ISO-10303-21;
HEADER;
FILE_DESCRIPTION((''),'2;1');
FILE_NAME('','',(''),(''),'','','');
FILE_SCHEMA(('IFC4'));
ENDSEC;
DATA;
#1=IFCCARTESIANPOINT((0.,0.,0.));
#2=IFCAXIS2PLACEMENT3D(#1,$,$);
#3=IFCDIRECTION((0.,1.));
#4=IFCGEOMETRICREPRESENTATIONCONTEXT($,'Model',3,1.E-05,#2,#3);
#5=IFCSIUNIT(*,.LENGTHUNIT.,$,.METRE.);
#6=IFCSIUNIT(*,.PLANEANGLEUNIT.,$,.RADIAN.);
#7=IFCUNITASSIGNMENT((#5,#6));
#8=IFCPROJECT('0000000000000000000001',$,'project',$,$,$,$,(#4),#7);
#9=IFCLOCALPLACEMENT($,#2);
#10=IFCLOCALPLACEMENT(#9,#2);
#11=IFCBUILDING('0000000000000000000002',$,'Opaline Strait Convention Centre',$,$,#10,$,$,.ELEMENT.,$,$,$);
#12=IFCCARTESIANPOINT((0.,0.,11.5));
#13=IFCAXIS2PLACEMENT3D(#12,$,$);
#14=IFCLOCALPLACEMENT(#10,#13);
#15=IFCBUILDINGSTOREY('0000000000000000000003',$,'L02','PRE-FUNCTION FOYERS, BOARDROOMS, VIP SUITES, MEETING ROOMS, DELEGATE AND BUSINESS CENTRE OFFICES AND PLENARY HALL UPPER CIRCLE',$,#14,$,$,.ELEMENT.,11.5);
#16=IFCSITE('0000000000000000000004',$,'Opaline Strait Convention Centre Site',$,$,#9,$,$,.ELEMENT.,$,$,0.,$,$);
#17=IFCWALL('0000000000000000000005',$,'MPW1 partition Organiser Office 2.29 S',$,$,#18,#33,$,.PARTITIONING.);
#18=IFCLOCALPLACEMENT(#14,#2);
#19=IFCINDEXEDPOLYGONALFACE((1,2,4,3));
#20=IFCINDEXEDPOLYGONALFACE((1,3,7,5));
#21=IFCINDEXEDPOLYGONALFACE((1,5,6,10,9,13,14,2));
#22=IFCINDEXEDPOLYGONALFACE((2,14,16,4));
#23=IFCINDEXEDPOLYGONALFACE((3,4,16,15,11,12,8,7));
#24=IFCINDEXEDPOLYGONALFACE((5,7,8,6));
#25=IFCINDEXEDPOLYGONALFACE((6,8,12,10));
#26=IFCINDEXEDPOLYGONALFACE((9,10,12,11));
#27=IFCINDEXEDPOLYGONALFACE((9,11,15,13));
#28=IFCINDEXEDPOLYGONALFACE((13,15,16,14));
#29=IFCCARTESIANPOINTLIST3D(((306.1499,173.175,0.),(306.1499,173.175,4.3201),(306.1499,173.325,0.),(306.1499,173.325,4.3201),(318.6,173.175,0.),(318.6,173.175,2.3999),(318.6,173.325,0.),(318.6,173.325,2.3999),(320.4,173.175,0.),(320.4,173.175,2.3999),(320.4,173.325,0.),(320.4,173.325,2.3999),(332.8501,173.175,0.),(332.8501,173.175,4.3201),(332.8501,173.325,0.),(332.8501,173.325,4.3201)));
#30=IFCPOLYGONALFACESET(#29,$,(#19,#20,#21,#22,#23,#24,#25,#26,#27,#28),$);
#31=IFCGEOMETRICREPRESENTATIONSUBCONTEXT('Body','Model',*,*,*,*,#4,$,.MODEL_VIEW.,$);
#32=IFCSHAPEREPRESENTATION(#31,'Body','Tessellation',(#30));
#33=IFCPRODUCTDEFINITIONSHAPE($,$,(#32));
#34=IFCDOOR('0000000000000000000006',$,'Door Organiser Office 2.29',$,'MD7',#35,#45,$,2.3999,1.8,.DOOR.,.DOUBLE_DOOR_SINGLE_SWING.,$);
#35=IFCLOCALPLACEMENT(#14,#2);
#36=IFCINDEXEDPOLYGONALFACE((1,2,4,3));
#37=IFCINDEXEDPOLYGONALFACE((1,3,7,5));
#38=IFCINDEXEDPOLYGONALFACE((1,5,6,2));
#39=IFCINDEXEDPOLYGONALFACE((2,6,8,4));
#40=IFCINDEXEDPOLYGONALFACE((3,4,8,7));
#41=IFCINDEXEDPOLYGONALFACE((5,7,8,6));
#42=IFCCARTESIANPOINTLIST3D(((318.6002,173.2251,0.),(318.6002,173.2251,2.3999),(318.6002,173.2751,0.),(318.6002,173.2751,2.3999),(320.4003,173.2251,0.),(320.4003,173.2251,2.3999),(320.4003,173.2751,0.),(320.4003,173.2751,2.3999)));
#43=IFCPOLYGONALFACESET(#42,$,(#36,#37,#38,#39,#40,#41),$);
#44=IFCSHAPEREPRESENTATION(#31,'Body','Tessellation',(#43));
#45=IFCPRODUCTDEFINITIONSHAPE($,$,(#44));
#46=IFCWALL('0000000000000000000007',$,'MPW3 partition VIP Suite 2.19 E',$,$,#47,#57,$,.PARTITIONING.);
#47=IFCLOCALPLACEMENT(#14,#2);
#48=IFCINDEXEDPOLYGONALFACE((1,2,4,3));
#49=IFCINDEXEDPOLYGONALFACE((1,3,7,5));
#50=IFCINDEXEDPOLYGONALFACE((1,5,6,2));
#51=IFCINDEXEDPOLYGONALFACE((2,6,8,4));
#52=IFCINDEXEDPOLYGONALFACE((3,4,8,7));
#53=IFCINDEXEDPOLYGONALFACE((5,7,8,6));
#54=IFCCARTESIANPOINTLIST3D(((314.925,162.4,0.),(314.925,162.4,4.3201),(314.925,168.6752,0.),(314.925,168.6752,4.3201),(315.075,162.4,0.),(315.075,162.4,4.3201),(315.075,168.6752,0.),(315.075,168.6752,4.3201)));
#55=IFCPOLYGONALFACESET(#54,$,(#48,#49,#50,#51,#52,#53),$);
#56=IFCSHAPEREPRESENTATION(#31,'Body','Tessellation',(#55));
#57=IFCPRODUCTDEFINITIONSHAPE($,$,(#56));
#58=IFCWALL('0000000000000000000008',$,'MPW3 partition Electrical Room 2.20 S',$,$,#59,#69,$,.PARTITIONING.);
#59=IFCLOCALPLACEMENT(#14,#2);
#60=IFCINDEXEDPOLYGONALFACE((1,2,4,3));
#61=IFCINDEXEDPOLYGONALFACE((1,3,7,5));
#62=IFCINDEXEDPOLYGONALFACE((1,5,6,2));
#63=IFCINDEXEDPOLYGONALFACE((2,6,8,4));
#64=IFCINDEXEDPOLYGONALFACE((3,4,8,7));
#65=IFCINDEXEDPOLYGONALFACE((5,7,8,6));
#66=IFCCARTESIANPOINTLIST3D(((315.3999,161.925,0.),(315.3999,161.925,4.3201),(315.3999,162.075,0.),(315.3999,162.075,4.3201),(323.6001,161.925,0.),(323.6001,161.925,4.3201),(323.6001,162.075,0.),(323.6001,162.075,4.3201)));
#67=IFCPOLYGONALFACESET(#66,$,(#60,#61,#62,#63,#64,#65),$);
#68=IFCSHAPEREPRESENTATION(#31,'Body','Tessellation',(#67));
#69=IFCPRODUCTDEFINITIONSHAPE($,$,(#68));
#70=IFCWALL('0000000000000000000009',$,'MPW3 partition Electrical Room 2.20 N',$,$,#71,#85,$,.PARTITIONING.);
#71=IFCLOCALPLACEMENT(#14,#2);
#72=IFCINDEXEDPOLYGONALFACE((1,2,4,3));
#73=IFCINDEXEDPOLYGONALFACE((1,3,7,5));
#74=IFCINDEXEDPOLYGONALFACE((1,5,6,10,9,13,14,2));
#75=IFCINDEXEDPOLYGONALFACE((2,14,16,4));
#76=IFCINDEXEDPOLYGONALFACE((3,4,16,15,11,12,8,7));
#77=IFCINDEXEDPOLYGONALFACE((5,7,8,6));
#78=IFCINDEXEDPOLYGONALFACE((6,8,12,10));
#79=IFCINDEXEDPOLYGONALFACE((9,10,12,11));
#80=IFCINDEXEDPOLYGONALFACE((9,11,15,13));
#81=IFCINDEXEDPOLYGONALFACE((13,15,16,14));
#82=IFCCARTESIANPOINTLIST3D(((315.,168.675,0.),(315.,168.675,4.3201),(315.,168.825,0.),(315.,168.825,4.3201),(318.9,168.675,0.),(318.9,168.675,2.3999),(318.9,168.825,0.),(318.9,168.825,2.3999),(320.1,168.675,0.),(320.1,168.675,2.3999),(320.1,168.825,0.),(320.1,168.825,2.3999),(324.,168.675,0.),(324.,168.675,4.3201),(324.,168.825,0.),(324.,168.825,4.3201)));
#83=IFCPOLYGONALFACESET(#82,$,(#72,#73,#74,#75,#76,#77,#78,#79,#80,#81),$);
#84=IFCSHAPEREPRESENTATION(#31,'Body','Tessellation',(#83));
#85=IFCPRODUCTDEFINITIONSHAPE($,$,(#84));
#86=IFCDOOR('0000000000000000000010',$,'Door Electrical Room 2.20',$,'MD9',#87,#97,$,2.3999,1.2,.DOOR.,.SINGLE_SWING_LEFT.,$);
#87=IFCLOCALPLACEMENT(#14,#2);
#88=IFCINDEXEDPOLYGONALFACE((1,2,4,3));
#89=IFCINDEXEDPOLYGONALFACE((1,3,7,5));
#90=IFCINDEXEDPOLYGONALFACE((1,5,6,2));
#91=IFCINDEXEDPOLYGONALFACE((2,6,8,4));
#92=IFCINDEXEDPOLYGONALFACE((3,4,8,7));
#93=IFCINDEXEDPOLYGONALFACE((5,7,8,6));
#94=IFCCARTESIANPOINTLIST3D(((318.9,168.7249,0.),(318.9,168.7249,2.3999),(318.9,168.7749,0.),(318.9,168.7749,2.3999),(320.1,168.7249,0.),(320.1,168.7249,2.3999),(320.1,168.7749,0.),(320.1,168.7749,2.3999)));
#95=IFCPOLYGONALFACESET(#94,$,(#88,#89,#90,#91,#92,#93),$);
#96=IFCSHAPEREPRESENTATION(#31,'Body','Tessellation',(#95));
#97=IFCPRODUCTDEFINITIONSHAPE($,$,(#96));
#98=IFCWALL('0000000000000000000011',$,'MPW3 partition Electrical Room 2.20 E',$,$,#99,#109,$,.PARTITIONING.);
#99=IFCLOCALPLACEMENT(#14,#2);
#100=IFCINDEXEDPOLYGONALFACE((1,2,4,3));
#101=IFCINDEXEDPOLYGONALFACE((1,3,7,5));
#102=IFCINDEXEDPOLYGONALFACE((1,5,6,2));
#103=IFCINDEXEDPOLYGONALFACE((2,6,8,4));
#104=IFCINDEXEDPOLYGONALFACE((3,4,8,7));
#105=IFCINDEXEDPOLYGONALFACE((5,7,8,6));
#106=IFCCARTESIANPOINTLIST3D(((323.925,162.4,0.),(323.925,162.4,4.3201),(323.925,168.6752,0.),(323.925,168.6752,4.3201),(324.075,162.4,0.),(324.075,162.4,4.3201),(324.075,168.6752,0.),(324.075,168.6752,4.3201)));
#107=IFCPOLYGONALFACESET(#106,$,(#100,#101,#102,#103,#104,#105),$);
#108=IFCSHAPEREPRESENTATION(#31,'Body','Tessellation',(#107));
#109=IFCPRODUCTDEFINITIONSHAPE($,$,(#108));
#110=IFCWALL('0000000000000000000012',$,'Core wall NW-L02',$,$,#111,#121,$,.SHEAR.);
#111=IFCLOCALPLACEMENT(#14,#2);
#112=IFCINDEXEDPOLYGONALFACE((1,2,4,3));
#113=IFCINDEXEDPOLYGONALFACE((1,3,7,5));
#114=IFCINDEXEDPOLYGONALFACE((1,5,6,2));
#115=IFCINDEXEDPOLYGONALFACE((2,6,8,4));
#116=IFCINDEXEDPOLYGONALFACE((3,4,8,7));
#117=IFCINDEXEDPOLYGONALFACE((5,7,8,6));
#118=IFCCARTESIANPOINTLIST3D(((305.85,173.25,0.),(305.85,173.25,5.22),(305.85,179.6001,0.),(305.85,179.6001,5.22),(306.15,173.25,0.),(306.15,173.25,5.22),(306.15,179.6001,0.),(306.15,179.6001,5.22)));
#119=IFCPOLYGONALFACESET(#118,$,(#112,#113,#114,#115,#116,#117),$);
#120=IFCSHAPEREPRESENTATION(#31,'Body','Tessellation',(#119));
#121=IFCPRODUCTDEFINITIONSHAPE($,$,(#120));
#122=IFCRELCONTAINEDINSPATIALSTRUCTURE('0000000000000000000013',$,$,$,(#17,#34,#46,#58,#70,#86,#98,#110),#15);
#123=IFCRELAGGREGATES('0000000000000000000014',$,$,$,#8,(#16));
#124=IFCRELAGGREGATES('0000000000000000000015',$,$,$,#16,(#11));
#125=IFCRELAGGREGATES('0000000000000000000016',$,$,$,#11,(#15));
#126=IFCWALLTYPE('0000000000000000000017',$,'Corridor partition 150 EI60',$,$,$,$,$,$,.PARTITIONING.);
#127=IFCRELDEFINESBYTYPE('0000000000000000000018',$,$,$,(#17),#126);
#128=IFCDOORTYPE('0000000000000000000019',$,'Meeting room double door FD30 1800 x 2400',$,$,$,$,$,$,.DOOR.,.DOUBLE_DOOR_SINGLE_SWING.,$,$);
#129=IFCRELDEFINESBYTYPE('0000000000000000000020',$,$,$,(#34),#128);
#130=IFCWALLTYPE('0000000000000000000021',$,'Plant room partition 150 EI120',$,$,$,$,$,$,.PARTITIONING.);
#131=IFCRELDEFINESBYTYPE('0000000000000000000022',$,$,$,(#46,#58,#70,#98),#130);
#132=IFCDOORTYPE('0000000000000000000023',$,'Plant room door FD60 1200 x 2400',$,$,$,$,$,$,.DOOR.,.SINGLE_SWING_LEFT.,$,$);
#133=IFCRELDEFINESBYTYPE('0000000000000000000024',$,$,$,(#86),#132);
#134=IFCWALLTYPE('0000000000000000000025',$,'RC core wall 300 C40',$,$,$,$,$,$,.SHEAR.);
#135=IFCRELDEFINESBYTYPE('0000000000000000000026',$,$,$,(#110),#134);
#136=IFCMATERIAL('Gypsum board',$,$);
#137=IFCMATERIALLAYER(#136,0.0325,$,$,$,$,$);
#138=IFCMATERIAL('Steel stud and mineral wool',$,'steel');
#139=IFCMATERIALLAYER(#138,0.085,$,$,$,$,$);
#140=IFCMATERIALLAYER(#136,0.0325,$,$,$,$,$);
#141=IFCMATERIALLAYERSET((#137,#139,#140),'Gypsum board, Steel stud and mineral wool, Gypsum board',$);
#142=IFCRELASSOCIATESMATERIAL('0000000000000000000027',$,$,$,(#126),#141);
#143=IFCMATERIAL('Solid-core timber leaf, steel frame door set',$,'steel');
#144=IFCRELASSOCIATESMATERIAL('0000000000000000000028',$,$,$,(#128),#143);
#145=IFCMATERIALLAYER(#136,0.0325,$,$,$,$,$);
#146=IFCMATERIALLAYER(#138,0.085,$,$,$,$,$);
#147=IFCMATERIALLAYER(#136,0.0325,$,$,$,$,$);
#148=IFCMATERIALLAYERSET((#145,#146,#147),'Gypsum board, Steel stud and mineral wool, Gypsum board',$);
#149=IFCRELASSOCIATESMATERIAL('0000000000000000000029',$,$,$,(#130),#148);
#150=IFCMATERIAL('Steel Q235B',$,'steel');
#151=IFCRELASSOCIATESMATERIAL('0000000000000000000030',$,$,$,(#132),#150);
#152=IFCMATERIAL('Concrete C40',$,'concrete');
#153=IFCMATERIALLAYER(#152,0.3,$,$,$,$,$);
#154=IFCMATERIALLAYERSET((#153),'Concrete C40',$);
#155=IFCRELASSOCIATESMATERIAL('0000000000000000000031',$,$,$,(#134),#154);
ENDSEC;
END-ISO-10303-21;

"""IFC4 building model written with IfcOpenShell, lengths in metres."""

from ifc_helpers import new_model, si_unit, direction, frame, frame_2d, origin, place, context, subcontext, project, spatial, rectangle, extrude, material, layer, layer_set, type_object, element, fill, save


model = new_model("IFC4")

# Units and contexts
model_context = context("Model", 3, precision=1e-05, world=origin(), true_north=direction((0.0, 1.0)))
body_context = subcontext(model_context, "Body", "Model", "MODEL_VIEW")
ifc_project = project(units=[si_unit("LENGTHUNIT", "METRE"), si_unit("PLANEANGLEUNIT", "RADIAN")], contexts=[model_context])

# Site, building, storey
site_placement = place(None, origin())
site = spatial("IfcSite", under=ifc_project, at=site_placement, Name="Opaline Strait Convention Centre Site", CompositionType="ELEMENT", RefElevation=0.0)
building_placement = place(site_placement, origin())
building = spatial("IfcBuilding", under=site, at=building_placement, Name="Opaline Strait Convention Centre", CompositionType="ELEMENT")
storey_placement = place(building_placement, frame((0.0, 0.0, 11.5)))
storey = spatial("IfcBuildingStorey", under=building, at=storey_placement, Name="L02", Description="PRE-FUNCTION FOYERS, BOARDROOMS, VIP SUITES, MEETING ROOMS, DELEGATE AND BUSINESS CENTRE OFFICES AND PLENARY HALL UPPER CIRCLE", CompositionType="ELEMENT", Elevation=11.5)

# Shared definitions
ifc_material_1 = material(Name="Concrete C40", Category="concrete")

# Shared definitions
ifc_material_2 = material(Name="Gypsum board")
ifc_layer_1 = layer(ifc_material_2, 0.0325)
ifc_material_3 = material(Name="Steel stud and mineral wool", Category="steel")
ifc_layer_2 = layer(ifc_material_3, 0.085)
ifc_layer_3 = layer(ifc_material_2, 0.0325)
ifc_layer_set_1 = layer_set([ifc_layer_1, ifc_layer_2, ifc_layer_3], Name="Gypsum board, Steel stud and mineral wool, Gypsum board")
wall_type_1 = type_object("IfcWallType", Name="Corridor partition 150 EI60", PredefinedType="PARTITIONING", material=ifc_layer_set_1)

# Wall, opening, door
wall_1_placement = place(storey_placement, frame((306.1499, 173.25, 0.0), z_axis=(0.0, 0.0, 1.0), x_axis=(1.0, 0.0, 0.0)))
wall_1 = element("IfcWall", 1, at=wall_1_placement, inside=storey, type_object=wall_type_1, Name="MPW1 partition Organiser Office 2.29 S", PredefinedType="PARTITIONING", context=body_context, shape_type="SweptSolid", body=[
    extrude(rectangle(XDim=26.7002, YDim=0.1499, at=frame_2d((13.3501, 0.0))), origin(), (0.0, 0.0, 1.0), 4.3201),
])
opening_1_placement = place(wall_1_placement, frame((12.4502, 0.0, 0.0)))
opening_1 = element("IfcOpeningElement", 2, at=opening_1_placement, cuts=wall_1, PredefinedType="OPENING", context=body_context, shape_type="SweptSolid", body=[
    extrude(rectangle(XDim=1.8, YDim=2.3999, at=frame_2d((0.8999, 1.2))), frame((0.0, 0.085, 0.0), z_axis=(0.0, -1.0, 0.0), x_axis=(1.0, 0.0, 0.0)), (0.0, 0.0, 1.0), 0.1699),
])
ifc_material_4 = material(Name="Solid-core timber leaf, steel frame door set", Category="steel")
door_type_1 = type_object("IfcDoorType", Name="Meeting room double door FD30 1800 x 2400", OperationType="DOUBLE_DOOR_SINGLE_SWING", PredefinedType="DOOR", material=ifc_material_4)
door_1_placement = place(opening_1_placement, frame((1.8, 0.0, 0.0), z_axis=(0.0, 0.0, 1.0), x_axis=(-1.0, 0.0, 0.0)))
door_1 = element("IfcDoor", 3, at=door_1_placement, inside=storey, type_object=door_type_1, Name="Door Organiser Office 2.29", ObjectType="MD7", OperationType="DOUBLE_DOOR_SINGLE_SWING", OverallHeight=2.3999, OverallWidth=1.8, PredefinedType="DOOR", context=body_context, shape_type="SweptSolid", body=[
    extrude(rectangle(XDim=1.8, YDim=2.3999, at=frame_2d((0.8999, 1.2))), frame((0.0, 0.0249, 0.0), z_axis=(0.0, -1.0, 0.0), x_axis=(1.0, 0.0, 0.0)), (0.0, 0.0, 1.0), 0.05),
])
fill(opening_1, door_1)

# Walls
ifc_layer_4 = layer(ifc_material_2, 0.0325)
ifc_layer_5 = layer(ifc_material_3, 0.085)
ifc_layer_6 = layer(ifc_material_2, 0.0325)
ifc_layer_set_2 = layer_set([ifc_layer_4, ifc_layer_5, ifc_layer_6], Name="Gypsum board, Steel stud and mineral wool, Gypsum board")
wall_type_2 = type_object("IfcWallType", Name="Plant room partition 150 EI120", PredefinedType="PARTITIONING", material=ifc_layer_set_2)
wall_2_placement = place(storey_placement, frame((315.0, 162.3999, 0.0), z_axis=(0.0, 0.0, 1.0), x_axis=(0.0, 1.0, 0.0)))
element("IfcWall", 4, at=wall_2_placement, inside=storey, type_object=wall_type_2, Name="MPW3 partition VIP Suite 2.19 E", PredefinedType="PARTITIONING", context=body_context, shape_type="SweptSolid", body=[
    extrude(rectangle(XDim=6.2751, YDim=0.1499, at=frame_2d((3.1377, 0.0))), origin(), (0.0, 0.0, 1.0), 4.3201),
])
wall_3_placement = place(storey_placement, frame((315.3999, 162.0, 0.0), z_axis=(0.0, 0.0, 1.0), x_axis=(1.0, 0.0, 0.0)))
element("IfcWall", 5, at=wall_3_placement, inside=storey, type_object=wall_type_2, Name="MPW3 partition Electrical Room 2.20 S", PredefinedType="PARTITIONING", context=body_context, shape_type="SweptSolid", body=[
    extrude(rectangle(XDim=8.2002, YDim=0.1499, at=frame_2d((4.1001, 0.0))), origin(), (0.0, 0.0, 1.0), 4.3201),
])

# Wall, opening, door
wall_4_placement = place(storey_placement, frame((315.0, 168.75, 0.0), z_axis=(0.0, 0.0, 1.0), x_axis=(1.0, 0.0, 0.0)))
wall_4 = element("IfcWall", 6, at=wall_4_placement, inside=storey, type_object=wall_type_2, Name="MPW3 partition Electrical Room 2.20 N", PredefinedType="PARTITIONING", context=body_context, shape_type="SweptSolid", body=[
    extrude(rectangle(XDim=9.0, YDim=0.1499, at=frame_2d((4.5, 0.0))), origin(), (0.0, 0.0, 1.0), 4.3201),
])
opening_2_placement = place(wall_4_placement, frame((3.8999, 0.0, 0.0)))
opening_2 = element("IfcOpeningElement", 7, at=opening_2_placement, cuts=wall_4, PredefinedType="OPENING", context=body_context, shape_type="SweptSolid", body=[
    extrude(rectangle(XDim=1.2, YDim=2.3999, at=frame_2d((0.6001, 1.2))), frame((0.0, 0.085, 0.0), z_axis=(0.0, -1.0, 0.0), x_axis=(1.0, 0.0, 0.0)), (0.0, 0.0, 1.0), 0.1699),
])
ifc_material_5 = material(Name="Steel Q235B", Category="steel")
door_type_2 = type_object("IfcDoorType", Name="Plant room door FD60 1200 x 2400", OperationType="SINGLE_SWING_LEFT", PredefinedType="DOOR", material=ifc_material_5)
door_2_placement = place(opening_2_placement, origin())
door_2 = element("IfcDoor", 8, at=door_2_placement, inside=storey, type_object=door_type_2, Name="Door Electrical Room 2.20", ObjectType="MD9", OperationType="SINGLE_SWING_LEFT", OverallHeight=2.3999, OverallWidth=1.2, PredefinedType="DOOR", context=body_context, shape_type="SweptSolid", body=[
    extrude(rectangle(XDim=1.2, YDim=2.3999, at=frame_2d((0.6001, 1.2))), frame((0.0, 0.0249, 0.0), z_axis=(0.0, -1.0, 0.0), x_axis=(1.0, 0.0, 0.0)), (0.0, 0.0, 1.0), 0.05),
])
fill(opening_2, door_2)

# Walls
wall_5_placement = place(storey_placement, frame((324.0, 162.3999, 0.0), z_axis=(0.0, 0.0, 1.0), x_axis=(0.0, 1.0, 0.0)))
element("IfcWall", 9, at=wall_5_placement, inside=storey, type_object=wall_type_2, Name="MPW3 partition Electrical Room 2.20 E", PredefinedType="PARTITIONING", context=body_context, shape_type="SweptSolid", body=[
    extrude(rectangle(XDim=6.2751, YDim=0.1499, at=frame_2d((3.1377, 0.0))), origin(), (0.0, 0.0, 1.0), 4.3201),
])
ifc_layer_7 = layer(ifc_material_1, 0.3)
ifc_layer_set_3 = layer_set([ifc_layer_7], Name="Concrete C40")
wall_type_3 = type_object("IfcWallType", Name="RC core wall 300 C40", PredefinedType="SHEAR", material=ifc_layer_set_3)
wall_6_placement = place(storey_placement, frame((306.0, 173.25, 0.0), z_axis=(0.0, 0.0, 1.0), x_axis=(0.0, 1.0, 0.0)))
element("IfcWall", 10, at=wall_6_placement, inside=storey, type_object=wall_type_3, Name="Core wall NW-L02", PredefinedType="SHEAR", context=body_context, shape_type="SweptSolid", body=[
    extrude(rectangle(XDim=6.3501, YDim=0.3, at=frame_2d((3.175, 0.0))), origin(), (0.0, 0.0, 1.0), 5.22),
])

save(model, "model.ifc")
